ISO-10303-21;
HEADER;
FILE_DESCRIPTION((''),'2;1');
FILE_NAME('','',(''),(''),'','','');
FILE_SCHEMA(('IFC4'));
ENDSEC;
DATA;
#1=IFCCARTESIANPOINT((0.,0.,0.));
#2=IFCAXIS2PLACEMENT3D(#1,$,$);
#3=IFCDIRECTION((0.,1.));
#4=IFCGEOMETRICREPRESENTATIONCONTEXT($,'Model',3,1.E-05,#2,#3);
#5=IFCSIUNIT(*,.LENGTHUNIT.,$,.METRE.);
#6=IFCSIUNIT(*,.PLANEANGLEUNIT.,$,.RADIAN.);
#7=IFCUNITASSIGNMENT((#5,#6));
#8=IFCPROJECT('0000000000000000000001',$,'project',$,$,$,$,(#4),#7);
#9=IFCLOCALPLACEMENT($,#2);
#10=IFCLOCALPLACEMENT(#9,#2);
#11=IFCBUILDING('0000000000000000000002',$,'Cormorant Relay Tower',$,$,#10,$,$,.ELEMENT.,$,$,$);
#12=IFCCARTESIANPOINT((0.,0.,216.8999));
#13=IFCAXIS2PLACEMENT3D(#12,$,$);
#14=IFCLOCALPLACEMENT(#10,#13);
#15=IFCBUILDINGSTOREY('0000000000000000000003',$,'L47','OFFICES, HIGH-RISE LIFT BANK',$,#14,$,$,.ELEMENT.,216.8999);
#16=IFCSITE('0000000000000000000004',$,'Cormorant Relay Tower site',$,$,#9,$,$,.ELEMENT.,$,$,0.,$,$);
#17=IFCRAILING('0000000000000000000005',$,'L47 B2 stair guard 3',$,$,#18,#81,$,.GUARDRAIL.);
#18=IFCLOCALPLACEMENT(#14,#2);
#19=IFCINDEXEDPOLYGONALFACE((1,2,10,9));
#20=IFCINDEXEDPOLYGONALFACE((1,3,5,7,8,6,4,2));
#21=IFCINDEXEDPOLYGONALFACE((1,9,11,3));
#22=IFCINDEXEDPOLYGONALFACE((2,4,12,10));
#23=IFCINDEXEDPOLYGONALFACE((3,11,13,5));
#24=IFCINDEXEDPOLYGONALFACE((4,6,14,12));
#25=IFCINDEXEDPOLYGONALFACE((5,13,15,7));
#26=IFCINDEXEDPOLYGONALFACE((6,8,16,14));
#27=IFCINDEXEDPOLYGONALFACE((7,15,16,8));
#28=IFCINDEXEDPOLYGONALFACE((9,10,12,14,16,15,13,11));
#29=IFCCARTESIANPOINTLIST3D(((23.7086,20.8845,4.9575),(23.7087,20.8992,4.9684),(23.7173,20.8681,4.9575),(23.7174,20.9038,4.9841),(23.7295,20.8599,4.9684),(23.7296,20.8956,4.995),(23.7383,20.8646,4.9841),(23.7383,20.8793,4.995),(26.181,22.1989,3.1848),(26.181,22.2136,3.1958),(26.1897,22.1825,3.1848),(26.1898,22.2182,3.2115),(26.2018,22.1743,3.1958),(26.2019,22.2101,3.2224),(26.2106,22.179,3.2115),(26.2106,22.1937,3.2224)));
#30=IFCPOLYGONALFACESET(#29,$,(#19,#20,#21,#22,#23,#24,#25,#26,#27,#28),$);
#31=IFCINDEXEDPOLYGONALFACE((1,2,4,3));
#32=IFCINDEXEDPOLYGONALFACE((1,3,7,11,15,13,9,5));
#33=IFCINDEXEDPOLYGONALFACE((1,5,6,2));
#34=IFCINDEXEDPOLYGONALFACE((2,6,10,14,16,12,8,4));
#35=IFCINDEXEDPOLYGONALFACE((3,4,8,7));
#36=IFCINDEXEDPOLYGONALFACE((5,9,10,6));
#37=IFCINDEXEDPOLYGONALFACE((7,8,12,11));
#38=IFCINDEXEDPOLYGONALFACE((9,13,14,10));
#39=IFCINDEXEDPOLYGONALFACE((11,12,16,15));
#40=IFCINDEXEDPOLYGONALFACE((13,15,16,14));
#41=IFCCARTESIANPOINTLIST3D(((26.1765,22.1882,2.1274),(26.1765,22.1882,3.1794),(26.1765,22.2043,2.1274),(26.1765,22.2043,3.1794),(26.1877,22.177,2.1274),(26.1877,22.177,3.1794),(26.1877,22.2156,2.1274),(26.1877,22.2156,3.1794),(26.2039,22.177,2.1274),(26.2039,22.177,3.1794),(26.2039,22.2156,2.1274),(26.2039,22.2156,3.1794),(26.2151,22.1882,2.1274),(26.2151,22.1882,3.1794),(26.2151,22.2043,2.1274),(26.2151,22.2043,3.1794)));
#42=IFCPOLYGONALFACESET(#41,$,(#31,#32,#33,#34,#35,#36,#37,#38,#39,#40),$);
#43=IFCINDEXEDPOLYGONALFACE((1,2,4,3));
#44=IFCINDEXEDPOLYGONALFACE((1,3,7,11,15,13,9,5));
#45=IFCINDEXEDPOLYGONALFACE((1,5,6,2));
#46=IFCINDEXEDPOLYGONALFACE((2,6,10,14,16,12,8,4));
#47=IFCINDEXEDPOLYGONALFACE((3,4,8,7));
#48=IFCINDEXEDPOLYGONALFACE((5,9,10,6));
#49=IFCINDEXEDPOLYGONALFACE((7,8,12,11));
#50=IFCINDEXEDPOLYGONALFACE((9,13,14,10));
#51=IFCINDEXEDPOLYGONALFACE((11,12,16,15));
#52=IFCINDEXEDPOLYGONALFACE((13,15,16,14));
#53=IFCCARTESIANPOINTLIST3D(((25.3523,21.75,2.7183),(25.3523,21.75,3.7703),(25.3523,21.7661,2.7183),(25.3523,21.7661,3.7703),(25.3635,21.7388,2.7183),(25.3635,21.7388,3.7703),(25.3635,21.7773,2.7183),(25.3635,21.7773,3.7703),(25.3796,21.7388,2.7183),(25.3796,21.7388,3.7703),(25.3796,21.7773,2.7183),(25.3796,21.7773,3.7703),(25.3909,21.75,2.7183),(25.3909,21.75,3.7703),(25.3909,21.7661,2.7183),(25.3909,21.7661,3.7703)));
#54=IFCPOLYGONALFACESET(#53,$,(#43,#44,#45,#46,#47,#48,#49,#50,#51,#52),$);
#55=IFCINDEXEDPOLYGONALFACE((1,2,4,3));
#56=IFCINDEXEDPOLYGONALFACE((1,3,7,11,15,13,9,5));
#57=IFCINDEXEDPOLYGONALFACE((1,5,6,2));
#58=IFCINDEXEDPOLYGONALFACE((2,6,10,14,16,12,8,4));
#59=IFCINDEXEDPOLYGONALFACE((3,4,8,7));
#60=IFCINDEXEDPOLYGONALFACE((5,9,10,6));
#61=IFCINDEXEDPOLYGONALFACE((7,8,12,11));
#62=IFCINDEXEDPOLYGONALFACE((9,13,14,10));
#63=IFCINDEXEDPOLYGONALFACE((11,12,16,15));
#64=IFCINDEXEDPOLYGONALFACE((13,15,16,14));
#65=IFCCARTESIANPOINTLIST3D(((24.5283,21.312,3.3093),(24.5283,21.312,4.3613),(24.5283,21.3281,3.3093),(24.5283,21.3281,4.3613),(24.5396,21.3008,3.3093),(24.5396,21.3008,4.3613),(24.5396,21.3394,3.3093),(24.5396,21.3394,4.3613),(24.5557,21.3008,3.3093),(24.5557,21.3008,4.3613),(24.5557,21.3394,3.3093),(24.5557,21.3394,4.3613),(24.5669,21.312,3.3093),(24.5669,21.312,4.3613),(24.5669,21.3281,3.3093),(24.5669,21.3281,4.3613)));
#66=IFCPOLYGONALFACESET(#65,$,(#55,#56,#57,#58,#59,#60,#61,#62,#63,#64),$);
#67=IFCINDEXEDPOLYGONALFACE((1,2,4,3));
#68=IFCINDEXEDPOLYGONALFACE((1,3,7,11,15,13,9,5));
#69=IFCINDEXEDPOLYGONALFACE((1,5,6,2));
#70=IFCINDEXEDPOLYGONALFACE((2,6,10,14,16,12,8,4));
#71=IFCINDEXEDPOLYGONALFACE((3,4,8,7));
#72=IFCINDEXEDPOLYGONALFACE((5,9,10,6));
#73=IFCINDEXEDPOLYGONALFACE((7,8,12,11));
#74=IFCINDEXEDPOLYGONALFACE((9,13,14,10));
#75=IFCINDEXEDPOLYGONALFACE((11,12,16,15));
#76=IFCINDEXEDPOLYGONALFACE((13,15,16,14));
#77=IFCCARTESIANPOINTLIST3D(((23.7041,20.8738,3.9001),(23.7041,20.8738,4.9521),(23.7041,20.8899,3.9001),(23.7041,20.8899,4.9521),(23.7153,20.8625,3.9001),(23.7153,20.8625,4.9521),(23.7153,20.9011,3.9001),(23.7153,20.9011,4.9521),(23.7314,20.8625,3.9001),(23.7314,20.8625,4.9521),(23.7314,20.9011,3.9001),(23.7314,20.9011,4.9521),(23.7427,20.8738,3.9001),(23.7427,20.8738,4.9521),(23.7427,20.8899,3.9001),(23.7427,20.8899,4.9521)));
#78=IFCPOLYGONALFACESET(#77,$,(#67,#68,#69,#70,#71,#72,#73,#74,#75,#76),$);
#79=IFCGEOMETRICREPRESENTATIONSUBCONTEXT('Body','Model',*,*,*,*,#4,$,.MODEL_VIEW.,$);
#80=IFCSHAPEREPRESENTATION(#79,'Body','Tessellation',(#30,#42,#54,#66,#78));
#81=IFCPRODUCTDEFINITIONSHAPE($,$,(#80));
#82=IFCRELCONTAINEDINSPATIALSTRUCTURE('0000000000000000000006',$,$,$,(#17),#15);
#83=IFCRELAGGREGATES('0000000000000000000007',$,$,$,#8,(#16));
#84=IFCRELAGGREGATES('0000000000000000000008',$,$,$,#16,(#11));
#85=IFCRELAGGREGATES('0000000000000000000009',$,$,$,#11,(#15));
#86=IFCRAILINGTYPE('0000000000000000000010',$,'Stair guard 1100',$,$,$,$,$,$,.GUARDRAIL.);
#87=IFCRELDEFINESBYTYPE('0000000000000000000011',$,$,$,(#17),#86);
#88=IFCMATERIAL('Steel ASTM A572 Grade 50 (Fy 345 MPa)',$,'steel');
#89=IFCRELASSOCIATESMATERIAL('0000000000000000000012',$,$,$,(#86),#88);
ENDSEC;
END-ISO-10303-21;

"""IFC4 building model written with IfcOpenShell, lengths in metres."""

from ifc_helpers import new_model, si_unit, direction, frame, origin, place, context, subcontext, project, spatial, polyline, outline, extrude, material, type_object, element, save


model = new_model("IFC4")

# Units and contexts
model_context = context("Model", 3, precision=1e-05, world=origin(), true_north=direction((0.0, 1.0)))
body_context = subcontext(model_context, "Body", "Model", "MODEL_VIEW")
ifc_project = project(units=[si_unit("LENGTHUNIT", "METRE"), si_unit("PLANEANGLEUNIT", "RADIAN")], contexts=[model_context])

# Site, building, storey
site_placement = place(None, origin())
site = spatial("IfcSite", under=ifc_project, at=site_placement, Name="Cormorant Relay Tower site", CompositionType="ELEMENT", RefElevation=0.0)
building_placement = place(site_placement, origin())
building = spatial("IfcBuilding", under=site, at=building_placement, Name="Cormorant Relay Tower", CompositionType="ELEMENT")
storey_placement = place(building_placement, frame((0.0, 0.0, 216.8999)))
storey = spatial("IfcBuildingStorey", under=building, at=storey_placement, Name="L47", Description="OFFICES, HIGH-RISE LIFT BANK", CompositionType="ELEMENT", Elevation=216.8999)

# Railing
ifc_material_1 = material(Name="Steel ASTM A572 Grade 50 (Fy 345 MPa)", Category="steel")
railing_type = type_object("IfcRailingType", Name="Stair guard 1100", PredefinedType="GUARDRAIL", material=ifc_material_1)
railing_1_placement = place(storey_placement, frame((26.1958, 22.1963, 2.1274)))
element("IfcRailing", 1, at=railing_1_placement, inside=storey, type_object=railing_type, Name="L47 B2 stair guard 3", PredefinedType="GUARDRAIL", context=body_context, shape_type="SweptSolid", body=[
    extrude(outline(polyline([(0.0222, 0.0093), (0.0093, 0.0222), (-0.0093, 0.0222), (-0.0222, 0.0093), (-0.0222, -0.0093), (-0.0093, -0.0222), (0.0093, -0.0222), (0.0222, -0.0093), (0.0222, 0.0093)])), frame((0.0, 0.0, 1.0762), z_axis=(-0.746034, -0.396627, 0.534902), x_axis=(0.469429, -0.88297, 0.0)), (0.0, 0.0, 1.0), 3.314),
    extrude(outline(polyline([(0.0193, 0.0081), (0.0081, 0.0193), (-0.0081, 0.0193), (-0.0193, 0.0081), (-0.0193, -0.0081), (-0.0081, -0.0193), (0.0081, -0.0193), (0.0193, -0.0081), (0.0193, 0.0081)])), origin(), (0.0, 0.0, 1.0), 1.052),
    extrude(outline(polyline([(0.0193, 0.0081), (0.0081, 0.0193), (-0.0081, 0.0193), (-0.0193, 0.0081), (-0.0193, -0.0081), (-0.0081, -0.0193), (0.0081, -0.0193), (0.0193, -0.0081), (0.0193, 0.0081)])), frame((-0.8242, -0.4382, 0.5908)), (0.0, 0.0, 1.0), 1.052),
    extrude(outline(polyline([(0.0193, 0.0081), (0.0081, 0.0193), (-0.0081, 0.0193), (-0.0193, 0.0081), (-0.0193, -0.0081), (-0.0081, -0.0193), (0.0081, -0.0193), (0.0193, -0.0081), (0.0193, 0.0081)])), frame((-1.6482, -0.8762, 1.1819)), (0.0, 0.0, 1.0), 1.052),
    extrude(outline(polyline([(0.0193, 0.0081), (0.0081, 0.0193), (-0.0081, 0.0193), (-0.0193, 0.0081), (-0.0193, -0.0081), (-0.0081, -0.0193), (0.0081, -0.0193), (0.0193, -0.0081), (0.0193, 0.0081)])), frame((-2.4724, -1.3145, 1.7727)), (0.0, 0.0, 1.0), 1.052),
])

save(model, "model.ifc")
